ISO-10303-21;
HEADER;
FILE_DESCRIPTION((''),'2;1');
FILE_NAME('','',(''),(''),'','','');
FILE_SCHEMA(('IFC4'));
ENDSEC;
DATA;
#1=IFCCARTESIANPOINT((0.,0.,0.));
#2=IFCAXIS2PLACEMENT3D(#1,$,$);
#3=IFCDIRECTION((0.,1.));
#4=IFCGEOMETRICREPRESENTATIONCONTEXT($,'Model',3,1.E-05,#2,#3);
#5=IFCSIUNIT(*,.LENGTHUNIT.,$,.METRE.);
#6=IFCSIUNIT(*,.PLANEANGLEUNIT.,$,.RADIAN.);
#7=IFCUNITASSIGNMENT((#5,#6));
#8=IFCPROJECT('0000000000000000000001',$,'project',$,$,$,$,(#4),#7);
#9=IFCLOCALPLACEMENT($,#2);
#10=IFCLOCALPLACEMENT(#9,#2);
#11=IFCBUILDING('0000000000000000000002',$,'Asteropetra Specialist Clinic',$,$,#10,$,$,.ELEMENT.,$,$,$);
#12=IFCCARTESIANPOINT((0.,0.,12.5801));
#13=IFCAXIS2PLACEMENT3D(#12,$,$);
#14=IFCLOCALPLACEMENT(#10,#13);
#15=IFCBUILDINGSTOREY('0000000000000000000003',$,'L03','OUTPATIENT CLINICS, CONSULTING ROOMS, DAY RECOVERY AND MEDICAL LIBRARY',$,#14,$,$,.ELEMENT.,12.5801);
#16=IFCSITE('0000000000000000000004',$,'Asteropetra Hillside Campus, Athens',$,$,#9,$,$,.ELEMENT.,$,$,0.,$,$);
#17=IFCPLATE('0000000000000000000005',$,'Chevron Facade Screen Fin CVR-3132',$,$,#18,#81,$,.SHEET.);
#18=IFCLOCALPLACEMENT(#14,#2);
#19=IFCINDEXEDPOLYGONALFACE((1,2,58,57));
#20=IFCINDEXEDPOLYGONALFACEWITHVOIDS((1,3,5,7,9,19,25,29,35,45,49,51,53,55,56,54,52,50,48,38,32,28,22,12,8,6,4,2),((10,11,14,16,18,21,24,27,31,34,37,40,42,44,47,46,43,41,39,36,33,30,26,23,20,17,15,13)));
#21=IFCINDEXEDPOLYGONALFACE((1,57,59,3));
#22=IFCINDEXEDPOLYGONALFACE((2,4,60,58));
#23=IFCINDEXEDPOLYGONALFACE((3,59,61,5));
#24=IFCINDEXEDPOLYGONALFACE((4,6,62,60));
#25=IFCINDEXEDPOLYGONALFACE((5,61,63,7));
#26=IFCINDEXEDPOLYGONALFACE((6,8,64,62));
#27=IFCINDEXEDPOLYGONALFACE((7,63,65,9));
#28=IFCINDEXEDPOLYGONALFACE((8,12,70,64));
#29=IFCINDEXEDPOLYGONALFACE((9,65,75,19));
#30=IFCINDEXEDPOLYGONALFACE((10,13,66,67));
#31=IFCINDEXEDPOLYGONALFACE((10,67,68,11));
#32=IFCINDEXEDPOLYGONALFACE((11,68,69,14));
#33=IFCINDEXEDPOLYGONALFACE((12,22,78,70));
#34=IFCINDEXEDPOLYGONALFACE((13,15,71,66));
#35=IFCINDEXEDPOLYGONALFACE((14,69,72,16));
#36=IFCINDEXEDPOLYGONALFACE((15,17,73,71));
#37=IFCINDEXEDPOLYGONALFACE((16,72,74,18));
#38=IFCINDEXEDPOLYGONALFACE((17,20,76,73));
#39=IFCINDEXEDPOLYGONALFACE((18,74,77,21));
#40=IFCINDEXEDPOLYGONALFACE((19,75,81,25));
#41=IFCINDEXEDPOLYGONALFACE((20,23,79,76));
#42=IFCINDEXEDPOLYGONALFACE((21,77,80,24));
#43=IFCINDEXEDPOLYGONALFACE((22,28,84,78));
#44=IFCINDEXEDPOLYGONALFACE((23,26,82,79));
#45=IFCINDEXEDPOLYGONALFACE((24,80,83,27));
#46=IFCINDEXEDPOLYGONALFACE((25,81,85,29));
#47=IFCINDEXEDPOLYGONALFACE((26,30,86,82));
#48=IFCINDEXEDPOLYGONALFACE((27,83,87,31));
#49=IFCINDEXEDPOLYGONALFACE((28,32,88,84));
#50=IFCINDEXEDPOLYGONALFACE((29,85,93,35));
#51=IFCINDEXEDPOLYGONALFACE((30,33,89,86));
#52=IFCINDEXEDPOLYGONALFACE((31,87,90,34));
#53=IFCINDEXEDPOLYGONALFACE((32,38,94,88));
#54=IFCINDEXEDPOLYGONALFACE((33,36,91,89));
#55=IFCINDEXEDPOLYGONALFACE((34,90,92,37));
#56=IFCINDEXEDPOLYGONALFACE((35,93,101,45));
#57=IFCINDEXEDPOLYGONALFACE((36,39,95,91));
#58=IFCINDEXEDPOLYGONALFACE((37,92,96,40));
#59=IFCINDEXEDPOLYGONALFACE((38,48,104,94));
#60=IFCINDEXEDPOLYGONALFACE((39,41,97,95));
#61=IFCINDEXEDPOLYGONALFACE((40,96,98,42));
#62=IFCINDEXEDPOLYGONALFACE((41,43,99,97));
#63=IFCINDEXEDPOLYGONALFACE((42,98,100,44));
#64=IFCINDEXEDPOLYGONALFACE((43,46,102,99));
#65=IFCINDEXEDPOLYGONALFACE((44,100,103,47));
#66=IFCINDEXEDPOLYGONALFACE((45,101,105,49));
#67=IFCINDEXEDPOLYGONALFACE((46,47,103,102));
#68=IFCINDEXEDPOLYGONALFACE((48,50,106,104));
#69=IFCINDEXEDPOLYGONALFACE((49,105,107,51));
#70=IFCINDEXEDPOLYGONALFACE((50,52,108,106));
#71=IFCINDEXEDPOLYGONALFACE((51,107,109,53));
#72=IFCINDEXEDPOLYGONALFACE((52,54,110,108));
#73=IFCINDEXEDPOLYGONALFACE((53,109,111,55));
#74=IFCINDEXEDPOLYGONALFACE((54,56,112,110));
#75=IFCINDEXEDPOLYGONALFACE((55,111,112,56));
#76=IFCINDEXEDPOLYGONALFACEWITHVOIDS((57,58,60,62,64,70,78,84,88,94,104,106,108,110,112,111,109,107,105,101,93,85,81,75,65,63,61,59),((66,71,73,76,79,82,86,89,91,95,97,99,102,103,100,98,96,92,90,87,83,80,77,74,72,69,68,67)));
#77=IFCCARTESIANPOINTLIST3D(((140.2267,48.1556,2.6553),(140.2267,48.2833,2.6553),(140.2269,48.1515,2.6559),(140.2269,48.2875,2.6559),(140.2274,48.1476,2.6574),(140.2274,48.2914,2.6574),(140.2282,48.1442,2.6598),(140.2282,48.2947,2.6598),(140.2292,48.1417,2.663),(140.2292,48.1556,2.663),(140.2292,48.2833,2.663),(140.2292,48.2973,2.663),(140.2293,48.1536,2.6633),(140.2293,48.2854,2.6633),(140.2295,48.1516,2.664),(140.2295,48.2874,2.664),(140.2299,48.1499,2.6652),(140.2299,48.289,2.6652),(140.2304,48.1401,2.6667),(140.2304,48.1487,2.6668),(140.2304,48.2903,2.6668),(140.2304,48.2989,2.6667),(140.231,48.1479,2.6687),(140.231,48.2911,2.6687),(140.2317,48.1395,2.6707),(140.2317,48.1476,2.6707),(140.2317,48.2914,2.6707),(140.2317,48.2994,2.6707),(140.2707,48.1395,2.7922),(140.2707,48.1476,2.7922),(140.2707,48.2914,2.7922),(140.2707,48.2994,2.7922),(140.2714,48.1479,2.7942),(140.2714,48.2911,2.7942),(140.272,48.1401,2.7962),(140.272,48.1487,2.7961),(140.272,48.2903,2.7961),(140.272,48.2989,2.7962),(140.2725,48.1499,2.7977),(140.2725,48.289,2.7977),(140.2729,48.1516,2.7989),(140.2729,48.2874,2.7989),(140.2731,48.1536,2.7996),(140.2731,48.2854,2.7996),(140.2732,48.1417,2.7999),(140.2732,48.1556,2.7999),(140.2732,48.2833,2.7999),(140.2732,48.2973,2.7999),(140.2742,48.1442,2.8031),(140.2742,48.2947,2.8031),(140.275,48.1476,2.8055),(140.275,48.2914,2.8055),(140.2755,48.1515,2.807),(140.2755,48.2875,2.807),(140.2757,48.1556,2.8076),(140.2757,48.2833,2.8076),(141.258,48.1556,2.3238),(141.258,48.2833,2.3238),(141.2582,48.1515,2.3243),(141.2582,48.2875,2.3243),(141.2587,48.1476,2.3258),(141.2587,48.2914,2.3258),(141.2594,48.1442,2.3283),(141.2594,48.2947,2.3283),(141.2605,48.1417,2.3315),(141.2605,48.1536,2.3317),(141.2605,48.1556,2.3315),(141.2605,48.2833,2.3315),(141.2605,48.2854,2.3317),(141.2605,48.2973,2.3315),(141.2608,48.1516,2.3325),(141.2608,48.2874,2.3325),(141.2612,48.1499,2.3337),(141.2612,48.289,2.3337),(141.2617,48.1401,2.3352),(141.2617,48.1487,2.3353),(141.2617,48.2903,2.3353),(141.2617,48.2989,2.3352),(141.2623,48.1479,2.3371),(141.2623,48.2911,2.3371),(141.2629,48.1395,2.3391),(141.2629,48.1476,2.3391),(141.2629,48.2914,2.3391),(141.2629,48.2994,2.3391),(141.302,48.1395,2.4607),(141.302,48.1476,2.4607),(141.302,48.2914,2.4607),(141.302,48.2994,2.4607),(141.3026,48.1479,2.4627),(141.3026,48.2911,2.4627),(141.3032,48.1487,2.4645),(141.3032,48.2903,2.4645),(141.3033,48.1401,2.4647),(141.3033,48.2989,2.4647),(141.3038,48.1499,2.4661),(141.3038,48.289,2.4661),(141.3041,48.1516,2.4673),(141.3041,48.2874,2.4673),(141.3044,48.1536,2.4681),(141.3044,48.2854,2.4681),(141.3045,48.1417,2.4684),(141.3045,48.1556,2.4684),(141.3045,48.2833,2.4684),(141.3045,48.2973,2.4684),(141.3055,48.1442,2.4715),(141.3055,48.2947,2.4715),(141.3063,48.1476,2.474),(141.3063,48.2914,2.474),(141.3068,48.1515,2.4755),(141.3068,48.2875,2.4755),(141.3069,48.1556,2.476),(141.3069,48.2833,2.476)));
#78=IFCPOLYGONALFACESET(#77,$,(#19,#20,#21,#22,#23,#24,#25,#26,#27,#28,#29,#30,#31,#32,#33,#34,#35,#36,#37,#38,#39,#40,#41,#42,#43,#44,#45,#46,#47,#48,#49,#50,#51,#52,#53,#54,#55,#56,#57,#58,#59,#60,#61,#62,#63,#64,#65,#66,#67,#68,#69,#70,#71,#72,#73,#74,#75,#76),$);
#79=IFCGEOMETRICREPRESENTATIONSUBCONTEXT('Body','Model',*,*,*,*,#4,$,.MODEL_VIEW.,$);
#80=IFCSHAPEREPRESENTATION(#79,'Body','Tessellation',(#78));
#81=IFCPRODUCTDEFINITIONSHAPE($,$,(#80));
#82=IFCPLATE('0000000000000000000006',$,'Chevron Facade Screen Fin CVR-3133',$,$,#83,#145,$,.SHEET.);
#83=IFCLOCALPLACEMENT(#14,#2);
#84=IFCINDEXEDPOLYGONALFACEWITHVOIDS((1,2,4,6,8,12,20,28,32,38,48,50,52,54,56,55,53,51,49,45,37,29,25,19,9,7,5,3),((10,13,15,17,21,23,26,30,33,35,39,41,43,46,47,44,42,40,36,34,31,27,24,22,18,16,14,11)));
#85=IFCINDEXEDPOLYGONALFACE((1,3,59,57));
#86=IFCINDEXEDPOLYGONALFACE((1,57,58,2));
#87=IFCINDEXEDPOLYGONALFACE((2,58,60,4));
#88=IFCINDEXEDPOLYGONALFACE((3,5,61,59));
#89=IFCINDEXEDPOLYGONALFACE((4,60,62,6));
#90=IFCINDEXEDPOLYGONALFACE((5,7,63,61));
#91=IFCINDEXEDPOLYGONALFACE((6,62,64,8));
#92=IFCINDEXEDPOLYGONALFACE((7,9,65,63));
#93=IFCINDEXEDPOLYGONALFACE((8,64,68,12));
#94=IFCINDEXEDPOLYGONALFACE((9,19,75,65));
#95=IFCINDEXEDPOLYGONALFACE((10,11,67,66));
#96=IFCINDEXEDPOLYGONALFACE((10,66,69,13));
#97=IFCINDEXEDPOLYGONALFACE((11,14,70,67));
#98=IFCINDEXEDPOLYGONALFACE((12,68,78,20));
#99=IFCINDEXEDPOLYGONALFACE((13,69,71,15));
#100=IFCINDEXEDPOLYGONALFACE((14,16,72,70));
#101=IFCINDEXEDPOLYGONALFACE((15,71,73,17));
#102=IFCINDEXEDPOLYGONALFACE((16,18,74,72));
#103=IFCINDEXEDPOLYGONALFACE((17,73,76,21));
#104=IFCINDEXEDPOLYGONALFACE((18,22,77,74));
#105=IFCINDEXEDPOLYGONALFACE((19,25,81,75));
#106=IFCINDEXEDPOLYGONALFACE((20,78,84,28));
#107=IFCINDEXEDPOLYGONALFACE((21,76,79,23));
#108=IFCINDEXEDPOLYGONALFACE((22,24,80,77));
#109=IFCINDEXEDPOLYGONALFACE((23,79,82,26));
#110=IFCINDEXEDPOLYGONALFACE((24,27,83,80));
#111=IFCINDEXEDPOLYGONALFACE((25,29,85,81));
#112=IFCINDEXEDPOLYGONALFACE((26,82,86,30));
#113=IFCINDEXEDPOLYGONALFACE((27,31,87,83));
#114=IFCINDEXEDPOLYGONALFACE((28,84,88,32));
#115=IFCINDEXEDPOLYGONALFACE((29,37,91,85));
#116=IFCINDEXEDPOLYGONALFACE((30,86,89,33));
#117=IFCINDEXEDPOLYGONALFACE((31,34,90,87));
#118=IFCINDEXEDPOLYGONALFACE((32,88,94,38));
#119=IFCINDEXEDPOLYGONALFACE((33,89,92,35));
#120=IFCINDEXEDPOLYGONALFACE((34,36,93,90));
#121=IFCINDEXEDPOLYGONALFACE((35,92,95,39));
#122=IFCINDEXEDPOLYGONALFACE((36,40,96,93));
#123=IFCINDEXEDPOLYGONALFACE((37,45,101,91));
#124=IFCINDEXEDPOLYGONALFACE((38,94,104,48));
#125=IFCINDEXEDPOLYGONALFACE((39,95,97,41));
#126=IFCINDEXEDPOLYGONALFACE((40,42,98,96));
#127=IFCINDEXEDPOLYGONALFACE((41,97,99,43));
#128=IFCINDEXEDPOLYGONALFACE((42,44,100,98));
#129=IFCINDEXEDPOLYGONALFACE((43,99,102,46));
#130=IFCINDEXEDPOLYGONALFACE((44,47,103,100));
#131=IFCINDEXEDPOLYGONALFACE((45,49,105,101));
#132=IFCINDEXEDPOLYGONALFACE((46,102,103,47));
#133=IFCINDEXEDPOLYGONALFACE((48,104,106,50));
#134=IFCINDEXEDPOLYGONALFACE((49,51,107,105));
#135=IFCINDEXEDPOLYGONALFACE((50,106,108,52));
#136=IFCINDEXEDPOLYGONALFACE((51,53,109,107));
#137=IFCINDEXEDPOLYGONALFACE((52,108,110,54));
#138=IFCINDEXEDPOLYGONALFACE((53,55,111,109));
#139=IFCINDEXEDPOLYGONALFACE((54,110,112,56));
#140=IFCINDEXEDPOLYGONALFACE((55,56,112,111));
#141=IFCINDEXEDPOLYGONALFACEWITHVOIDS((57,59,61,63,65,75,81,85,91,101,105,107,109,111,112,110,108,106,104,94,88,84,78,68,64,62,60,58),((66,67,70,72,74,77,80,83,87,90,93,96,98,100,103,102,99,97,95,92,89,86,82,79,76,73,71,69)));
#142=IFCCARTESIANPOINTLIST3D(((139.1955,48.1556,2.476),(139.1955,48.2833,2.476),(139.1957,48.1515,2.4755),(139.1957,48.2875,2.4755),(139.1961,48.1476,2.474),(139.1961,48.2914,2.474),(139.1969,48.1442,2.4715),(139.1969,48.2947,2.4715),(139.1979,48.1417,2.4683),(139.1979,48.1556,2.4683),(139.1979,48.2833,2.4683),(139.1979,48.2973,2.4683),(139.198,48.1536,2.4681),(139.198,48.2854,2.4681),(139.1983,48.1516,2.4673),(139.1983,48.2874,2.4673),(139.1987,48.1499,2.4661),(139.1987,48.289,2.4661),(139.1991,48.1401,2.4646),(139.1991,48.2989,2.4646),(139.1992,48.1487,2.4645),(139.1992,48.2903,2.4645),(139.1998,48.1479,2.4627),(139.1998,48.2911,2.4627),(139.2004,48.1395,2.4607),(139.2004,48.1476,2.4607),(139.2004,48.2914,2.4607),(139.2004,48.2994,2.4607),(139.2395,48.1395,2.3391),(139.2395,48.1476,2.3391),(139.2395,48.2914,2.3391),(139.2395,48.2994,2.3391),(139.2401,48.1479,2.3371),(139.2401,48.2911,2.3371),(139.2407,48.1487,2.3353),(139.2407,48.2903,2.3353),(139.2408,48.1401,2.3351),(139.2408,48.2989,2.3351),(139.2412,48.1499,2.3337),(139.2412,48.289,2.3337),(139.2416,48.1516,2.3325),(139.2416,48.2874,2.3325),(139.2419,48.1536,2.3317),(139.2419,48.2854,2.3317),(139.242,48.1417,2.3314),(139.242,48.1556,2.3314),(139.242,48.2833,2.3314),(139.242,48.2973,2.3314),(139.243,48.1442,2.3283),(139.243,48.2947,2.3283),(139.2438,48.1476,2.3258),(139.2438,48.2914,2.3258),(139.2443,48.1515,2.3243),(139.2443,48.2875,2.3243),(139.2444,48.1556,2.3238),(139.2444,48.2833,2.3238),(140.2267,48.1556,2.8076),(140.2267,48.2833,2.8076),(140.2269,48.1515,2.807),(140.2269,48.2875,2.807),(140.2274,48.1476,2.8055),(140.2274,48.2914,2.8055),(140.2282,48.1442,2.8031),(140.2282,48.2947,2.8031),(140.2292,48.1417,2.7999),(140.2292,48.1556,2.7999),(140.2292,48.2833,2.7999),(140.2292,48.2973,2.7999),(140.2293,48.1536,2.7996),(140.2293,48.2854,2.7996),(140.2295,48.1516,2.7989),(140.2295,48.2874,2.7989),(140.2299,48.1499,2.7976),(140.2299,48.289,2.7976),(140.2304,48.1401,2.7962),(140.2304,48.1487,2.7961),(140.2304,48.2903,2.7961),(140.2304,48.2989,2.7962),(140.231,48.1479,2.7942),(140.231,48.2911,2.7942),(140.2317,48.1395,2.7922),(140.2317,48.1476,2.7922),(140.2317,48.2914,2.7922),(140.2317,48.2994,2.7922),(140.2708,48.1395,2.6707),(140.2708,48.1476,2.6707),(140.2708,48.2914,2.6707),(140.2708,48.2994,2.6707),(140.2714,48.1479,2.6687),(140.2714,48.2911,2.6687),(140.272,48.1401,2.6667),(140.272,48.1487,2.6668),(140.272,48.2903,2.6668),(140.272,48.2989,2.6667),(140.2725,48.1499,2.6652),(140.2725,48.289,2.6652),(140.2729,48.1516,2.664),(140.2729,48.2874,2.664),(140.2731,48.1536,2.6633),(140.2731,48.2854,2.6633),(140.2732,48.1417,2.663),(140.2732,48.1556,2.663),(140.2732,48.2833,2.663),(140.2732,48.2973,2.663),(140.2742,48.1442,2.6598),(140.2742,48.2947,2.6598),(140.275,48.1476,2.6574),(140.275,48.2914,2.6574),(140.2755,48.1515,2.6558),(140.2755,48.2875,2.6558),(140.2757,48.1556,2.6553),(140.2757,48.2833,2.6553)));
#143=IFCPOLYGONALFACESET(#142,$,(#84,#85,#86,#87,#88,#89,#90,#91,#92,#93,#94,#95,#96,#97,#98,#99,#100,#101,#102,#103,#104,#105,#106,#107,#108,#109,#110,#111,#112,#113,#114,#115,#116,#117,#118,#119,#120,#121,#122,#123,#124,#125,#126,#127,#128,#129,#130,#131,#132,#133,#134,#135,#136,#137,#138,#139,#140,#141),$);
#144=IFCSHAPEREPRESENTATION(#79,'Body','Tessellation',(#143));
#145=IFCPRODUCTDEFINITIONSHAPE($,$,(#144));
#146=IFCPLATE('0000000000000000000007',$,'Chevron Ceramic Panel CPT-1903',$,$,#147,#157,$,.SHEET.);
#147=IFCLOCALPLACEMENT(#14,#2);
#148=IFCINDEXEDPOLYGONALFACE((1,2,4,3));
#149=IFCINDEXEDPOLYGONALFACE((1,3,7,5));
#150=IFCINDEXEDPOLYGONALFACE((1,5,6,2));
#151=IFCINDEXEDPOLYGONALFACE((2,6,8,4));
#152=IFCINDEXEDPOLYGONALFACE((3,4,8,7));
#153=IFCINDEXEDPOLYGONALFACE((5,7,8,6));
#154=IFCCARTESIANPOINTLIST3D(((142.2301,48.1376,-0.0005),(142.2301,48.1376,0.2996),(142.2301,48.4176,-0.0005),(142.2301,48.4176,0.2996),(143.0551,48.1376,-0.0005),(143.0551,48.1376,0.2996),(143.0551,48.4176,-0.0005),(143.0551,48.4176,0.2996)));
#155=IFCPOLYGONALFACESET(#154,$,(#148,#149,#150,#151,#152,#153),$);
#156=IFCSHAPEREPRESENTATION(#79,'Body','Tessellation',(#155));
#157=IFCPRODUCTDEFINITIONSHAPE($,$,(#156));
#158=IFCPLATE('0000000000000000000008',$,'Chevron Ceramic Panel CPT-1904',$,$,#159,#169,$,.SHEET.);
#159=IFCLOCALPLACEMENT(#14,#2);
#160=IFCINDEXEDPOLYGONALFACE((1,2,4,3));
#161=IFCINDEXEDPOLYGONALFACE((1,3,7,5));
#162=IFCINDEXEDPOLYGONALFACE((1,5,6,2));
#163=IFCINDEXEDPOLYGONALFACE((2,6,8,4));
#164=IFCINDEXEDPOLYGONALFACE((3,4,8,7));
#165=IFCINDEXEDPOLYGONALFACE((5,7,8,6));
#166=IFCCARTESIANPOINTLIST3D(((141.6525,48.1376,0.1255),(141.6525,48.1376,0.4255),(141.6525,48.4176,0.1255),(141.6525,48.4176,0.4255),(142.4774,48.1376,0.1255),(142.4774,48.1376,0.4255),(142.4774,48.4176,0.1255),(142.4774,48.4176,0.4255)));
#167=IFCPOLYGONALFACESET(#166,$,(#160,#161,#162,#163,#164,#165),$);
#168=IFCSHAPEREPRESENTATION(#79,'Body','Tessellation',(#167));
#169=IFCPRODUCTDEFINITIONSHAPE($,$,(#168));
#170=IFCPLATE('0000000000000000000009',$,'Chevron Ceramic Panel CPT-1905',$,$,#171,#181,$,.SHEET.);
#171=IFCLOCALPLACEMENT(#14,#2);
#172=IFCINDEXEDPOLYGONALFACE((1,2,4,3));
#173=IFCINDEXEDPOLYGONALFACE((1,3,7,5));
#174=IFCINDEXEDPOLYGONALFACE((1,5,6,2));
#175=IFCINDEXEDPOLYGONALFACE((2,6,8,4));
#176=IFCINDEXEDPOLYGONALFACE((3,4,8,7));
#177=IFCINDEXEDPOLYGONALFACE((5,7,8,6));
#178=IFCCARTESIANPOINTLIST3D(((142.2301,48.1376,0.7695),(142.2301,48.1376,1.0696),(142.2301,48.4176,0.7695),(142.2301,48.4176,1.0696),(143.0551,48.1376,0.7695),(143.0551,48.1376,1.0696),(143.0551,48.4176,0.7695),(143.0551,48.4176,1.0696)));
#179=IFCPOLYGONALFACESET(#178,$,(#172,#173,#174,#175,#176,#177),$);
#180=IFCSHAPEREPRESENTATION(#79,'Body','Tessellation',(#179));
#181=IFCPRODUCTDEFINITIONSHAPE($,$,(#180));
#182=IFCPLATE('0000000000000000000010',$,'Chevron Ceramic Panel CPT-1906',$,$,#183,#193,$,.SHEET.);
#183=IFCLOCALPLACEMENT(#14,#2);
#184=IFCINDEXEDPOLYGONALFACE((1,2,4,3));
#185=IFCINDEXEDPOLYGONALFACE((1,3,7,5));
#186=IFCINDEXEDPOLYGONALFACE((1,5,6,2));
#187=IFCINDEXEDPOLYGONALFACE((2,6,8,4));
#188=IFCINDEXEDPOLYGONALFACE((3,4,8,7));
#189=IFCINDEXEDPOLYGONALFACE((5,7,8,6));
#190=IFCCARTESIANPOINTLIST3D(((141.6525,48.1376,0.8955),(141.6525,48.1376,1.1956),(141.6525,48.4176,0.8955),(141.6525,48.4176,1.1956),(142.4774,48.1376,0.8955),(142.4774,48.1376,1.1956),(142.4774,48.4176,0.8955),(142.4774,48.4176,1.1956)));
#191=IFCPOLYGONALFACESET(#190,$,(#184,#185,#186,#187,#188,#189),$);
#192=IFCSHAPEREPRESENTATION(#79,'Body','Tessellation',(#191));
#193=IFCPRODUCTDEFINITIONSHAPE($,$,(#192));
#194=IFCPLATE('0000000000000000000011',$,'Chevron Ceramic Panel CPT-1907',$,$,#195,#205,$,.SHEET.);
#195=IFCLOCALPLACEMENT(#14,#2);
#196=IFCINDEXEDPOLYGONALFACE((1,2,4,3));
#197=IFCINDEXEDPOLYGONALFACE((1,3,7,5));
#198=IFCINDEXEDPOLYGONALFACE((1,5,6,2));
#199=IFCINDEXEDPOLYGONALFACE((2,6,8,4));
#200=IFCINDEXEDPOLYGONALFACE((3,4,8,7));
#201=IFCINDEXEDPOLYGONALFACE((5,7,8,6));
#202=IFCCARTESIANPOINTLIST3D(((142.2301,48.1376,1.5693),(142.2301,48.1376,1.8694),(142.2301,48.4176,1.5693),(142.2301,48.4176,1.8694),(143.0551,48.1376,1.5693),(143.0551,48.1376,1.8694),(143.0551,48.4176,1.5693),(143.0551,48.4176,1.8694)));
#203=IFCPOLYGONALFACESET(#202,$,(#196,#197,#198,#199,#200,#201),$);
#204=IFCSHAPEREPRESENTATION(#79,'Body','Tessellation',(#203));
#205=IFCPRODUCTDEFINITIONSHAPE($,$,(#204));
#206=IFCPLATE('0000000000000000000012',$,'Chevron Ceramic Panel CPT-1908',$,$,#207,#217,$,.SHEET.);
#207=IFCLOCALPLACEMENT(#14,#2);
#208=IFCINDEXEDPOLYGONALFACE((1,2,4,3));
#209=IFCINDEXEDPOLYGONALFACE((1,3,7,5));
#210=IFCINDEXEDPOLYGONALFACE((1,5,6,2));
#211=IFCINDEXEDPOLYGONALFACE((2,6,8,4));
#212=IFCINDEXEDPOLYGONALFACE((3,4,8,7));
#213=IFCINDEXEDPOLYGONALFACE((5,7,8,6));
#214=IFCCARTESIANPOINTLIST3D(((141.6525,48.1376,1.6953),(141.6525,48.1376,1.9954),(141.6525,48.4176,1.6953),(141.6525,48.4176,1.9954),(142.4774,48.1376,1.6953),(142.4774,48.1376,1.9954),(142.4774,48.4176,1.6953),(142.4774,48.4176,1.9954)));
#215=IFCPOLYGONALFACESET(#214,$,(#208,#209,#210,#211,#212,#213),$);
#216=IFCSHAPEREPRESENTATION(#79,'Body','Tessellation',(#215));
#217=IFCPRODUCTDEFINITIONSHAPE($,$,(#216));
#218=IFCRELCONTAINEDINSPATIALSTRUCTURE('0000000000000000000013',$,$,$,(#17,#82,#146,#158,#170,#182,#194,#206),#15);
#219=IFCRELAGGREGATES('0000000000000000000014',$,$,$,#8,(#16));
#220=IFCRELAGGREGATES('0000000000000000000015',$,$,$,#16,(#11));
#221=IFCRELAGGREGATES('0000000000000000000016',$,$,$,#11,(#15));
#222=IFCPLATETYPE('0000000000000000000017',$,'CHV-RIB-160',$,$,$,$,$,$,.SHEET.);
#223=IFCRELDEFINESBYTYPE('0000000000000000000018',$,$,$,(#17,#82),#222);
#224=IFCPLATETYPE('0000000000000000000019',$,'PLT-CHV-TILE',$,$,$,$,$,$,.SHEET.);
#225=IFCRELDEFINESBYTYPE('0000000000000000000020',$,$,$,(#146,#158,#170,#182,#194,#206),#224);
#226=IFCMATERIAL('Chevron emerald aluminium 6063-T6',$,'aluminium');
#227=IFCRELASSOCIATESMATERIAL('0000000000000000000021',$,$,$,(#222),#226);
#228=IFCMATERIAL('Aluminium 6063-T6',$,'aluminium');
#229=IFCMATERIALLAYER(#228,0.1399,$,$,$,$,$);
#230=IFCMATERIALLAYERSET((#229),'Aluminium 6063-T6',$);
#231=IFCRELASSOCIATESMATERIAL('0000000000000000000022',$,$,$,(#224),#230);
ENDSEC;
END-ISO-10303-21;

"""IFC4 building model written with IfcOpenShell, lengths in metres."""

from ifc_helpers import new_model, si_unit, direction, frame, origin, origin_2d, place, context, subcontext, project, spatial, rectangle, hollow_rectangle, extrude, material, layer, layer_set, material_profile, profile_set, type_object, element, save


model = new_model("IFC4")

# Units and contexts
model_context = context("Model", 3, precision=1e-05, world=origin(), true_north=direction((0.0, 1.0)))
body_context = subcontext(model_context, "Body", "Model", "MODEL_VIEW")
ifc_project = project(units=[si_unit("LENGTHUNIT", "METRE"), si_unit("PLANEANGLEUNIT", "RADIAN")], contexts=[model_context])

# Site, building, storey
site_placement = place(None, origin())
site = spatial("IfcSite", under=ifc_project, at=site_placement, Name="Asteropetra Hillside Campus, Athens", CompositionType="ELEMENT", RefElevation=0.0)
building_placement = place(site_placement, origin())
building = spatial("IfcBuilding", under=site, at=building_placement, Name="Asteropetra Specialist Clinic", CompositionType="ELEMENT")
storey_placement = place(building_placement, frame((0.0, 0.0, 12.5801)))
storey = spatial("IfcBuildingStorey", under=building, at=storey_placement, Name="L03", Description="OUTPATIENT CLINICS, CONSULTING ROOMS, DAY RECOVERY AND MEDICAL LIBRARY", CompositionType="ELEMENT", Elevation=12.5801)

# Plates
ifc_material_1 = material(Name="Chevron emerald aluminium 6063-T6", Category="aluminium")
ifc_material_profile = material_profile(ifc_material_1, hollow_rectangle(XDim=0.1599, YDim=0.1599, WallThickness=0.0081, InnerFilletRadius=0.0081, OuterFilletRadius=0.0161, at=origin_2d()), Name="SHS 160x160x8.0")
ifc_profile_set = profile_set([ifc_material_profile], Name="Chevron emerald aluminium 6063-T6")
plate_type_1 = type_object("IfcPlateType", Name="CHV-RIB-160", PredefinedType="SHEET", material=ifc_profile_set)
for number, where, z_axis, x_axis, name in (
    (1, (141.2825, 48.2195, 2.3999), (-0.95201, 0.0, 0.306068), (0.0, -1.0, 0.0), "Chevron Facade Screen Fin CVR-3132"),
    (2, (140.2512, 48.2195, 2.7314), (-0.95201, 0.0, -0.306068), (0.0, -1.0, 0.0), "Chevron Facade Screen Fin CVR-3133"),
):
    element("IfcPlate", number, at=place(storey_placement, frame(where, z_axis=z_axis, x_axis=x_axis)), inside=storey, type_object=plate_type_1, Name=name, PredefinedType="SHEET", context=body_context, shape_type="SweptSolid", body=[
        extrude(hollow_rectangle(XDim=0.1599, YDim=0.1599, WallThickness=0.0081, InnerFilletRadius=0.0081, OuterFilletRadius=0.0161, at=origin_2d()), origin(), (0.0, 0.0, 1.0), 1.0833),
    ])
ifc_material_2 = material(Name="Aluminium 6063-T6", Category="aluminium")
ifc_layer_1 = layer(ifc_material_2, 0.1399)
ifc_layer_set_1 = layer_set([ifc_layer_1], Name="Aluminium 6063-T6")
plate_type_2 = type_object("IfcPlateType", Name="PLT-CHV-TILE", PredefinedType="SHEET", material=ifc_layer_set_1)
for number, where, z_axis, x_axis, name in (
    (3, (142.6426, 48.2776, -0.0005), (0.0, 0.0, 1.0), (1.0, 0.0, 0.0), "Chevron Ceramic Panel CPT-1903"),
    (4, (142.0649, 48.2776, 0.1255), (0.0, 0.0, 1.0), (1.0, 0.0, 0.0), "Chevron Ceramic Panel CPT-1904"),
    (5, (142.6426, 48.2776, 0.7695), (0.0, 0.0, 1.0), (1.0, 0.0, 0.0), "Chevron Ceramic Panel CPT-1905"),
    (6, (142.0649, 48.2776, 0.8955), (0.0, 0.0, 1.0), (1.0, 0.0, 0.0), "Chevron Ceramic Panel CPT-1906"),
    (7, (142.6426, 48.2776, 1.5693), (0.0, 0.0, 1.0), (1.0, 0.0, 0.0), "Chevron Ceramic Panel CPT-1907"),
    (8, (142.0649, 48.2776, 1.6953), (0.0, 0.0, 1.0), (1.0, 0.0, 0.0), "Chevron Ceramic Panel CPT-1908"),
):
    element("IfcPlate", number, at=place(storey_placement, frame(where, z_axis=z_axis, x_axis=x_axis)), inside=storey, type_object=plate_type_2, Name=name, PredefinedType="SHEET", context=body_context, shape_type="SweptSolid", body=[
        extrude(rectangle(XDim=0.825, YDim=0.28, at=origin_2d()), origin(), (0.0, 0.0, 1.0), 0.3),
    ])

save(model, "model.ifc")
